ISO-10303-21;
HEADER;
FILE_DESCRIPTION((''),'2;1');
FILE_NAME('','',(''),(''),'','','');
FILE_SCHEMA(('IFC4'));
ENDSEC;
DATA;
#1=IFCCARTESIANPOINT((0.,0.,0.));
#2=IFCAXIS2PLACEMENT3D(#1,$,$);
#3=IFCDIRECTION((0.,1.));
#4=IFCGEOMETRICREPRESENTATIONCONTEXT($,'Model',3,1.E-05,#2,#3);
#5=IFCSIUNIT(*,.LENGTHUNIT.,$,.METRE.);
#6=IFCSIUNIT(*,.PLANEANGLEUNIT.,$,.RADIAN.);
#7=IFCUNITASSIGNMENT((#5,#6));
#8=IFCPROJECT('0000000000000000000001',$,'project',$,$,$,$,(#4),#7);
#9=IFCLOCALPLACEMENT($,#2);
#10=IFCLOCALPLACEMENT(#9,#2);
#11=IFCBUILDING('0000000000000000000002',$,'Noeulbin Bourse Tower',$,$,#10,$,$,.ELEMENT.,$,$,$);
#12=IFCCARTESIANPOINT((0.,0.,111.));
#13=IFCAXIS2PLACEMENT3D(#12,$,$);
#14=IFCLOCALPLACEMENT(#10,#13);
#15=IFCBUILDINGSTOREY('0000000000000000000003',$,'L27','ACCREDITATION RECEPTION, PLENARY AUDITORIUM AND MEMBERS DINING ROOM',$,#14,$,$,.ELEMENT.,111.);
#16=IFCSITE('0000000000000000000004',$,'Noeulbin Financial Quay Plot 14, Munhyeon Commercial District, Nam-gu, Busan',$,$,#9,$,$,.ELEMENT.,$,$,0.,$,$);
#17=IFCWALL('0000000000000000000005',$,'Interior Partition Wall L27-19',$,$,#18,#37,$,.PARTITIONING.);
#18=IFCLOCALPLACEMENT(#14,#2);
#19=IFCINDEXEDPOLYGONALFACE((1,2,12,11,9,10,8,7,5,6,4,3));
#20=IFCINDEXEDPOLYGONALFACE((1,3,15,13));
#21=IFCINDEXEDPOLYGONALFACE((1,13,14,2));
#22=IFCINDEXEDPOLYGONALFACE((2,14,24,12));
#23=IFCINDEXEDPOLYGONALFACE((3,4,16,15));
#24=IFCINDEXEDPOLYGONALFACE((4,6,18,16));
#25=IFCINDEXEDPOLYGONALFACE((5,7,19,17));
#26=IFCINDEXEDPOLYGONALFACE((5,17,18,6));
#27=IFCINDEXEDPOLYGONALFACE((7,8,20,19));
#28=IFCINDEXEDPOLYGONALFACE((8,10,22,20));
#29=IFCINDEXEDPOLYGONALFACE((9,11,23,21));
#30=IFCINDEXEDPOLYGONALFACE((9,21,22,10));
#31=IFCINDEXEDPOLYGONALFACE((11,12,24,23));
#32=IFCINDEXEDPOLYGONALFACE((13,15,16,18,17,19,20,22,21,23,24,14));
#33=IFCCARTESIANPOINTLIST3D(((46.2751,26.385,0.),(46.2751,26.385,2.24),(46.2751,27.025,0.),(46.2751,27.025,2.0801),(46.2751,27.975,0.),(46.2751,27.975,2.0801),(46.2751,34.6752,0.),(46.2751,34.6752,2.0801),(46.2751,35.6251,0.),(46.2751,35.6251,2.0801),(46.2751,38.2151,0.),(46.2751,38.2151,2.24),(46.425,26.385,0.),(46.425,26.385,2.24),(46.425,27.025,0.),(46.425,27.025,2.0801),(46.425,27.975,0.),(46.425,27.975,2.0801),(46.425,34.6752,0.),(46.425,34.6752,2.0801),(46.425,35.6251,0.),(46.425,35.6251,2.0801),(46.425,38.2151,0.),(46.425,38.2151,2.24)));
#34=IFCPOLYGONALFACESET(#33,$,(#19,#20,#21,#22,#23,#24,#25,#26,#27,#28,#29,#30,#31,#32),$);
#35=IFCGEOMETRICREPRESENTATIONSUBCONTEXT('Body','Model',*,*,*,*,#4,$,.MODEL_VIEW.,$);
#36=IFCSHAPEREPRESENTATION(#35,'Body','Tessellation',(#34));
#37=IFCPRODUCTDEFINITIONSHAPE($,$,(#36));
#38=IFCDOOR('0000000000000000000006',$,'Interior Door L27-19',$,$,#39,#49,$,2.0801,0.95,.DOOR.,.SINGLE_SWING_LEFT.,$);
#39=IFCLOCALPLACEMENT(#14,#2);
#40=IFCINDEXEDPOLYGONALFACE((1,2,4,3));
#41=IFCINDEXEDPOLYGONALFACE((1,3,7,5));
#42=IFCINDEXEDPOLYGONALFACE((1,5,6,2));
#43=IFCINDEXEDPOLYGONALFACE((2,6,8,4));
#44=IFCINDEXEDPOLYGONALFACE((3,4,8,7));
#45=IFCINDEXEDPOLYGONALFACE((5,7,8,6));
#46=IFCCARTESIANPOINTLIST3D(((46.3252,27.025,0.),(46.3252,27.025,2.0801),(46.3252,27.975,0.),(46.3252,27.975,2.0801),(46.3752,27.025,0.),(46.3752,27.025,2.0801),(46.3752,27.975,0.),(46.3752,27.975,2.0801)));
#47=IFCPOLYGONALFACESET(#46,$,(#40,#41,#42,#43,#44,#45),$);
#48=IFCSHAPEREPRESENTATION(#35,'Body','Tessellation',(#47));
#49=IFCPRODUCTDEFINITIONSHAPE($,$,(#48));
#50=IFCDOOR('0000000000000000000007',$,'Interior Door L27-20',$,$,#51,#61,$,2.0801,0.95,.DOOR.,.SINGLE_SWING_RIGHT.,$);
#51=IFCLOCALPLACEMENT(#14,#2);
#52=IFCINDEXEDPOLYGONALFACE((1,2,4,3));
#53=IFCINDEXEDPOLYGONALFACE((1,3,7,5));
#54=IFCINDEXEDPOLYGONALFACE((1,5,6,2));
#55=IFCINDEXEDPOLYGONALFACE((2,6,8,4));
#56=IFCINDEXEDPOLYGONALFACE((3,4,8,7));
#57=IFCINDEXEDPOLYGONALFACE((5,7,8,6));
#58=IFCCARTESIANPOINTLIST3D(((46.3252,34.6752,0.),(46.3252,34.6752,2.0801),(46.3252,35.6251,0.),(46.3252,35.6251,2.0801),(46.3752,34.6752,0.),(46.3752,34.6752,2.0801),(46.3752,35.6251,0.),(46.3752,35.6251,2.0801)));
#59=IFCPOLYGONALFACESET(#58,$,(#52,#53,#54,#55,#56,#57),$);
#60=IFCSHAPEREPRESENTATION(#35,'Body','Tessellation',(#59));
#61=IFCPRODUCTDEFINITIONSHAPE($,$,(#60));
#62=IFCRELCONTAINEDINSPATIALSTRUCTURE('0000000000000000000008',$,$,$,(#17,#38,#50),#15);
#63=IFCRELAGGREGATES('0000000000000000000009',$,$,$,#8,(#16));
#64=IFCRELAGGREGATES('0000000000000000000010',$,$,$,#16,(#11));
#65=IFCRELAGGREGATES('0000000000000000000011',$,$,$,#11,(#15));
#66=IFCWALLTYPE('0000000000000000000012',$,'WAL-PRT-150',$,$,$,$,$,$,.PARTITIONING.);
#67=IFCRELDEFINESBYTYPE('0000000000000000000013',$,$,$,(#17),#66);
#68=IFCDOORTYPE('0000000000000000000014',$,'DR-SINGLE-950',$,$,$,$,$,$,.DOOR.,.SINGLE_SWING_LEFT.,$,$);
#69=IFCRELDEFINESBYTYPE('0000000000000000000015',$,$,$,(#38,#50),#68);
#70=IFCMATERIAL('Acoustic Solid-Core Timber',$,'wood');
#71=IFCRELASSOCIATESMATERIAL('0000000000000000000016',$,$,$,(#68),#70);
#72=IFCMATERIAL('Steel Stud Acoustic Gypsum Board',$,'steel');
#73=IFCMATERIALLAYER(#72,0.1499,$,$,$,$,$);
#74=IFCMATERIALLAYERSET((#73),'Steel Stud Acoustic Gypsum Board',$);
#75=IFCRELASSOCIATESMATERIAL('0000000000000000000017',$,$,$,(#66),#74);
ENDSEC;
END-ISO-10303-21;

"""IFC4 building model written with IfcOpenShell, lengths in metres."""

from ifc_helpers import new_model, si_unit, direction, frame, frame_2d, origin, place, context, subcontext, project, spatial, rectangle, extrude, material, layer, layer_set, type_object, element, fill, save


model = new_model("IFC4")

# Units and contexts
model_context = context("Model", 3, precision=1e-05, world=origin(), true_north=direction((0.0, 1.0)))
body_context = subcontext(model_context, "Body", "Model", "MODEL_VIEW")
ifc_project = project(units=[si_unit("LENGTHUNIT", "METRE"), si_unit("PLANEANGLEUNIT", "RADIAN")], contexts=[model_context])

# Site, building, storey
site_placement = place(None, origin())
site = spatial("IfcSite", under=ifc_project, at=site_placement, Name="Noeulbin Financial Quay Plot 14, Munhyeon Commercial District, Nam-gu, Busan", CompositionType="ELEMENT", RefElevation=0.0)
building_placement = place(site_placement, origin())
building = spatial("IfcBuilding", under=site, at=building_placement, Name="Noeulbin Bourse Tower", CompositionType="ELEMENT")
storey_placement = place(building_placement, frame((0.0, 0.0, 111.0)))
storey = spatial("IfcBuildingStorey", under=building, at=storey_placement, Name="L27", Description="ACCREDITATION RECEPTION, PLENARY AUDITORIUM AND MEMBERS DINING ROOM", CompositionType="ELEMENT", Elevation=111.0)

# Shared definitions
ifc_material_1 = material(Name="Acoustic Solid-Core Timber", Category="wood")
door_type = type_object("IfcDoorType", Name="DR-SINGLE-950", OperationType="SINGLE_SWING_LEFT", PredefinedType="DOOR", material=ifc_material_1)

# Wall, openings, doors
ifc_material_2 = material(Name="Steel Stud Acoustic Gypsum Board", Category="steel")
ifc_layer_1 = layer(ifc_material_2, 0.1499)
ifc_layer_set_1 = layer_set([ifc_layer_1], Name="Steel Stud Acoustic Gypsum Board")
wall_type_1 = type_object("IfcWallType", Name="WAL-PRT-150", PredefinedType="PARTITIONING", material=ifc_layer_set_1)
wall_1_placement = place(storey_placement, frame((46.3501, 26.385, 0.0), z_axis=(0.0, 0.0, 1.0), x_axis=(0.0, 1.0, 0.0)))
wall_1 = element("IfcWall", 1, at=wall_1_placement, inside=storey, type_object=wall_type_1, Name="Interior Partition Wall L27-19", PredefinedType="PARTITIONING", context=body_context, shape_type="SweptSolid", body=[
    extrude(rectangle(XDim=11.8301, YDim=0.1499, at=frame_2d((5.915, 0.0))), origin(), (0.0, 0.0, 1.0), 2.24),
])
opening_1_placement = place(wall_1_placement, frame((0.6399, 0.0, 0.0)))
opening_1 = element("IfcOpeningElement", 2, at=opening_1_placement, cuts=wall_1, PredefinedType="OPENING", context=body_context, shape_type="SweptSolid", body=[
    extrude(rectangle(XDim=0.95, YDim=2.0801, at=frame_2d((0.4751, 1.04))), frame((0.0, 0.085, 0.0), z_axis=(0.0, -1.0, 0.0), x_axis=(1.0, 0.0, 0.0)), (0.0, 0.0, 1.0), 0.1699),
])
opening_2_placement = place(wall_1_placement, frame((8.29, 0.0, 0.0)))
opening_2 = element("IfcOpeningElement", 3, at=opening_2_placement, cuts=wall_1, PredefinedType="OPENING", context=body_context, shape_type="SweptSolid", body=[
    extrude(rectangle(XDim=0.95, YDim=2.0801, at=frame_2d((0.4751, 1.04))), frame((0.0, 0.085, 0.0), z_axis=(0.0, -1.0, 0.0), x_axis=(1.0, 0.0, 0.0)), (0.0, 0.0, 1.0), 0.1699),
])
door_1_placement = place(opening_1_placement, origin())
door_1 = element("IfcDoor", 4, at=door_1_placement, inside=storey, type_object=door_type, Name="Interior Door L27-19", OperationType="SINGLE_SWING_LEFT", OverallHeight=2.0801, OverallWidth=0.95, PredefinedType="DOOR", context=body_context, shape_type="SweptSolid", body=[
    extrude(rectangle(XDim=0.95, YDim=2.0801, at=frame_2d((0.4751, 1.04))), frame((0.0, 0.0249, 0.0), z_axis=(0.0, -1.0, 0.0), x_axis=(1.0, 0.0, 0.0)), (0.0, 0.0, 1.0), 0.05),
])
fill(opening_1, door_1)
door_2_placement = place(opening_2_placement, origin())
door_2 = element("IfcDoor", 5, at=door_2_placement, inside=storey, type_object=door_type, Name="Interior Door L27-20", OperationType="SINGLE_SWING_RIGHT", OverallHeight=2.0801, OverallWidth=0.95, PredefinedType="DOOR", context=body_context, shape_type="SweptSolid", body=[
    extrude(rectangle(XDim=0.95, YDim=2.0801, at=frame_2d((0.4751, 1.04))), frame((0.0, 0.0249, 0.0), z_axis=(0.0, -1.0, 0.0), x_axis=(1.0, 0.0, 0.0)), (0.0, 0.0, 1.0), 0.05),
])
fill(opening_2, door_2)

save(model, "model.ifc")
